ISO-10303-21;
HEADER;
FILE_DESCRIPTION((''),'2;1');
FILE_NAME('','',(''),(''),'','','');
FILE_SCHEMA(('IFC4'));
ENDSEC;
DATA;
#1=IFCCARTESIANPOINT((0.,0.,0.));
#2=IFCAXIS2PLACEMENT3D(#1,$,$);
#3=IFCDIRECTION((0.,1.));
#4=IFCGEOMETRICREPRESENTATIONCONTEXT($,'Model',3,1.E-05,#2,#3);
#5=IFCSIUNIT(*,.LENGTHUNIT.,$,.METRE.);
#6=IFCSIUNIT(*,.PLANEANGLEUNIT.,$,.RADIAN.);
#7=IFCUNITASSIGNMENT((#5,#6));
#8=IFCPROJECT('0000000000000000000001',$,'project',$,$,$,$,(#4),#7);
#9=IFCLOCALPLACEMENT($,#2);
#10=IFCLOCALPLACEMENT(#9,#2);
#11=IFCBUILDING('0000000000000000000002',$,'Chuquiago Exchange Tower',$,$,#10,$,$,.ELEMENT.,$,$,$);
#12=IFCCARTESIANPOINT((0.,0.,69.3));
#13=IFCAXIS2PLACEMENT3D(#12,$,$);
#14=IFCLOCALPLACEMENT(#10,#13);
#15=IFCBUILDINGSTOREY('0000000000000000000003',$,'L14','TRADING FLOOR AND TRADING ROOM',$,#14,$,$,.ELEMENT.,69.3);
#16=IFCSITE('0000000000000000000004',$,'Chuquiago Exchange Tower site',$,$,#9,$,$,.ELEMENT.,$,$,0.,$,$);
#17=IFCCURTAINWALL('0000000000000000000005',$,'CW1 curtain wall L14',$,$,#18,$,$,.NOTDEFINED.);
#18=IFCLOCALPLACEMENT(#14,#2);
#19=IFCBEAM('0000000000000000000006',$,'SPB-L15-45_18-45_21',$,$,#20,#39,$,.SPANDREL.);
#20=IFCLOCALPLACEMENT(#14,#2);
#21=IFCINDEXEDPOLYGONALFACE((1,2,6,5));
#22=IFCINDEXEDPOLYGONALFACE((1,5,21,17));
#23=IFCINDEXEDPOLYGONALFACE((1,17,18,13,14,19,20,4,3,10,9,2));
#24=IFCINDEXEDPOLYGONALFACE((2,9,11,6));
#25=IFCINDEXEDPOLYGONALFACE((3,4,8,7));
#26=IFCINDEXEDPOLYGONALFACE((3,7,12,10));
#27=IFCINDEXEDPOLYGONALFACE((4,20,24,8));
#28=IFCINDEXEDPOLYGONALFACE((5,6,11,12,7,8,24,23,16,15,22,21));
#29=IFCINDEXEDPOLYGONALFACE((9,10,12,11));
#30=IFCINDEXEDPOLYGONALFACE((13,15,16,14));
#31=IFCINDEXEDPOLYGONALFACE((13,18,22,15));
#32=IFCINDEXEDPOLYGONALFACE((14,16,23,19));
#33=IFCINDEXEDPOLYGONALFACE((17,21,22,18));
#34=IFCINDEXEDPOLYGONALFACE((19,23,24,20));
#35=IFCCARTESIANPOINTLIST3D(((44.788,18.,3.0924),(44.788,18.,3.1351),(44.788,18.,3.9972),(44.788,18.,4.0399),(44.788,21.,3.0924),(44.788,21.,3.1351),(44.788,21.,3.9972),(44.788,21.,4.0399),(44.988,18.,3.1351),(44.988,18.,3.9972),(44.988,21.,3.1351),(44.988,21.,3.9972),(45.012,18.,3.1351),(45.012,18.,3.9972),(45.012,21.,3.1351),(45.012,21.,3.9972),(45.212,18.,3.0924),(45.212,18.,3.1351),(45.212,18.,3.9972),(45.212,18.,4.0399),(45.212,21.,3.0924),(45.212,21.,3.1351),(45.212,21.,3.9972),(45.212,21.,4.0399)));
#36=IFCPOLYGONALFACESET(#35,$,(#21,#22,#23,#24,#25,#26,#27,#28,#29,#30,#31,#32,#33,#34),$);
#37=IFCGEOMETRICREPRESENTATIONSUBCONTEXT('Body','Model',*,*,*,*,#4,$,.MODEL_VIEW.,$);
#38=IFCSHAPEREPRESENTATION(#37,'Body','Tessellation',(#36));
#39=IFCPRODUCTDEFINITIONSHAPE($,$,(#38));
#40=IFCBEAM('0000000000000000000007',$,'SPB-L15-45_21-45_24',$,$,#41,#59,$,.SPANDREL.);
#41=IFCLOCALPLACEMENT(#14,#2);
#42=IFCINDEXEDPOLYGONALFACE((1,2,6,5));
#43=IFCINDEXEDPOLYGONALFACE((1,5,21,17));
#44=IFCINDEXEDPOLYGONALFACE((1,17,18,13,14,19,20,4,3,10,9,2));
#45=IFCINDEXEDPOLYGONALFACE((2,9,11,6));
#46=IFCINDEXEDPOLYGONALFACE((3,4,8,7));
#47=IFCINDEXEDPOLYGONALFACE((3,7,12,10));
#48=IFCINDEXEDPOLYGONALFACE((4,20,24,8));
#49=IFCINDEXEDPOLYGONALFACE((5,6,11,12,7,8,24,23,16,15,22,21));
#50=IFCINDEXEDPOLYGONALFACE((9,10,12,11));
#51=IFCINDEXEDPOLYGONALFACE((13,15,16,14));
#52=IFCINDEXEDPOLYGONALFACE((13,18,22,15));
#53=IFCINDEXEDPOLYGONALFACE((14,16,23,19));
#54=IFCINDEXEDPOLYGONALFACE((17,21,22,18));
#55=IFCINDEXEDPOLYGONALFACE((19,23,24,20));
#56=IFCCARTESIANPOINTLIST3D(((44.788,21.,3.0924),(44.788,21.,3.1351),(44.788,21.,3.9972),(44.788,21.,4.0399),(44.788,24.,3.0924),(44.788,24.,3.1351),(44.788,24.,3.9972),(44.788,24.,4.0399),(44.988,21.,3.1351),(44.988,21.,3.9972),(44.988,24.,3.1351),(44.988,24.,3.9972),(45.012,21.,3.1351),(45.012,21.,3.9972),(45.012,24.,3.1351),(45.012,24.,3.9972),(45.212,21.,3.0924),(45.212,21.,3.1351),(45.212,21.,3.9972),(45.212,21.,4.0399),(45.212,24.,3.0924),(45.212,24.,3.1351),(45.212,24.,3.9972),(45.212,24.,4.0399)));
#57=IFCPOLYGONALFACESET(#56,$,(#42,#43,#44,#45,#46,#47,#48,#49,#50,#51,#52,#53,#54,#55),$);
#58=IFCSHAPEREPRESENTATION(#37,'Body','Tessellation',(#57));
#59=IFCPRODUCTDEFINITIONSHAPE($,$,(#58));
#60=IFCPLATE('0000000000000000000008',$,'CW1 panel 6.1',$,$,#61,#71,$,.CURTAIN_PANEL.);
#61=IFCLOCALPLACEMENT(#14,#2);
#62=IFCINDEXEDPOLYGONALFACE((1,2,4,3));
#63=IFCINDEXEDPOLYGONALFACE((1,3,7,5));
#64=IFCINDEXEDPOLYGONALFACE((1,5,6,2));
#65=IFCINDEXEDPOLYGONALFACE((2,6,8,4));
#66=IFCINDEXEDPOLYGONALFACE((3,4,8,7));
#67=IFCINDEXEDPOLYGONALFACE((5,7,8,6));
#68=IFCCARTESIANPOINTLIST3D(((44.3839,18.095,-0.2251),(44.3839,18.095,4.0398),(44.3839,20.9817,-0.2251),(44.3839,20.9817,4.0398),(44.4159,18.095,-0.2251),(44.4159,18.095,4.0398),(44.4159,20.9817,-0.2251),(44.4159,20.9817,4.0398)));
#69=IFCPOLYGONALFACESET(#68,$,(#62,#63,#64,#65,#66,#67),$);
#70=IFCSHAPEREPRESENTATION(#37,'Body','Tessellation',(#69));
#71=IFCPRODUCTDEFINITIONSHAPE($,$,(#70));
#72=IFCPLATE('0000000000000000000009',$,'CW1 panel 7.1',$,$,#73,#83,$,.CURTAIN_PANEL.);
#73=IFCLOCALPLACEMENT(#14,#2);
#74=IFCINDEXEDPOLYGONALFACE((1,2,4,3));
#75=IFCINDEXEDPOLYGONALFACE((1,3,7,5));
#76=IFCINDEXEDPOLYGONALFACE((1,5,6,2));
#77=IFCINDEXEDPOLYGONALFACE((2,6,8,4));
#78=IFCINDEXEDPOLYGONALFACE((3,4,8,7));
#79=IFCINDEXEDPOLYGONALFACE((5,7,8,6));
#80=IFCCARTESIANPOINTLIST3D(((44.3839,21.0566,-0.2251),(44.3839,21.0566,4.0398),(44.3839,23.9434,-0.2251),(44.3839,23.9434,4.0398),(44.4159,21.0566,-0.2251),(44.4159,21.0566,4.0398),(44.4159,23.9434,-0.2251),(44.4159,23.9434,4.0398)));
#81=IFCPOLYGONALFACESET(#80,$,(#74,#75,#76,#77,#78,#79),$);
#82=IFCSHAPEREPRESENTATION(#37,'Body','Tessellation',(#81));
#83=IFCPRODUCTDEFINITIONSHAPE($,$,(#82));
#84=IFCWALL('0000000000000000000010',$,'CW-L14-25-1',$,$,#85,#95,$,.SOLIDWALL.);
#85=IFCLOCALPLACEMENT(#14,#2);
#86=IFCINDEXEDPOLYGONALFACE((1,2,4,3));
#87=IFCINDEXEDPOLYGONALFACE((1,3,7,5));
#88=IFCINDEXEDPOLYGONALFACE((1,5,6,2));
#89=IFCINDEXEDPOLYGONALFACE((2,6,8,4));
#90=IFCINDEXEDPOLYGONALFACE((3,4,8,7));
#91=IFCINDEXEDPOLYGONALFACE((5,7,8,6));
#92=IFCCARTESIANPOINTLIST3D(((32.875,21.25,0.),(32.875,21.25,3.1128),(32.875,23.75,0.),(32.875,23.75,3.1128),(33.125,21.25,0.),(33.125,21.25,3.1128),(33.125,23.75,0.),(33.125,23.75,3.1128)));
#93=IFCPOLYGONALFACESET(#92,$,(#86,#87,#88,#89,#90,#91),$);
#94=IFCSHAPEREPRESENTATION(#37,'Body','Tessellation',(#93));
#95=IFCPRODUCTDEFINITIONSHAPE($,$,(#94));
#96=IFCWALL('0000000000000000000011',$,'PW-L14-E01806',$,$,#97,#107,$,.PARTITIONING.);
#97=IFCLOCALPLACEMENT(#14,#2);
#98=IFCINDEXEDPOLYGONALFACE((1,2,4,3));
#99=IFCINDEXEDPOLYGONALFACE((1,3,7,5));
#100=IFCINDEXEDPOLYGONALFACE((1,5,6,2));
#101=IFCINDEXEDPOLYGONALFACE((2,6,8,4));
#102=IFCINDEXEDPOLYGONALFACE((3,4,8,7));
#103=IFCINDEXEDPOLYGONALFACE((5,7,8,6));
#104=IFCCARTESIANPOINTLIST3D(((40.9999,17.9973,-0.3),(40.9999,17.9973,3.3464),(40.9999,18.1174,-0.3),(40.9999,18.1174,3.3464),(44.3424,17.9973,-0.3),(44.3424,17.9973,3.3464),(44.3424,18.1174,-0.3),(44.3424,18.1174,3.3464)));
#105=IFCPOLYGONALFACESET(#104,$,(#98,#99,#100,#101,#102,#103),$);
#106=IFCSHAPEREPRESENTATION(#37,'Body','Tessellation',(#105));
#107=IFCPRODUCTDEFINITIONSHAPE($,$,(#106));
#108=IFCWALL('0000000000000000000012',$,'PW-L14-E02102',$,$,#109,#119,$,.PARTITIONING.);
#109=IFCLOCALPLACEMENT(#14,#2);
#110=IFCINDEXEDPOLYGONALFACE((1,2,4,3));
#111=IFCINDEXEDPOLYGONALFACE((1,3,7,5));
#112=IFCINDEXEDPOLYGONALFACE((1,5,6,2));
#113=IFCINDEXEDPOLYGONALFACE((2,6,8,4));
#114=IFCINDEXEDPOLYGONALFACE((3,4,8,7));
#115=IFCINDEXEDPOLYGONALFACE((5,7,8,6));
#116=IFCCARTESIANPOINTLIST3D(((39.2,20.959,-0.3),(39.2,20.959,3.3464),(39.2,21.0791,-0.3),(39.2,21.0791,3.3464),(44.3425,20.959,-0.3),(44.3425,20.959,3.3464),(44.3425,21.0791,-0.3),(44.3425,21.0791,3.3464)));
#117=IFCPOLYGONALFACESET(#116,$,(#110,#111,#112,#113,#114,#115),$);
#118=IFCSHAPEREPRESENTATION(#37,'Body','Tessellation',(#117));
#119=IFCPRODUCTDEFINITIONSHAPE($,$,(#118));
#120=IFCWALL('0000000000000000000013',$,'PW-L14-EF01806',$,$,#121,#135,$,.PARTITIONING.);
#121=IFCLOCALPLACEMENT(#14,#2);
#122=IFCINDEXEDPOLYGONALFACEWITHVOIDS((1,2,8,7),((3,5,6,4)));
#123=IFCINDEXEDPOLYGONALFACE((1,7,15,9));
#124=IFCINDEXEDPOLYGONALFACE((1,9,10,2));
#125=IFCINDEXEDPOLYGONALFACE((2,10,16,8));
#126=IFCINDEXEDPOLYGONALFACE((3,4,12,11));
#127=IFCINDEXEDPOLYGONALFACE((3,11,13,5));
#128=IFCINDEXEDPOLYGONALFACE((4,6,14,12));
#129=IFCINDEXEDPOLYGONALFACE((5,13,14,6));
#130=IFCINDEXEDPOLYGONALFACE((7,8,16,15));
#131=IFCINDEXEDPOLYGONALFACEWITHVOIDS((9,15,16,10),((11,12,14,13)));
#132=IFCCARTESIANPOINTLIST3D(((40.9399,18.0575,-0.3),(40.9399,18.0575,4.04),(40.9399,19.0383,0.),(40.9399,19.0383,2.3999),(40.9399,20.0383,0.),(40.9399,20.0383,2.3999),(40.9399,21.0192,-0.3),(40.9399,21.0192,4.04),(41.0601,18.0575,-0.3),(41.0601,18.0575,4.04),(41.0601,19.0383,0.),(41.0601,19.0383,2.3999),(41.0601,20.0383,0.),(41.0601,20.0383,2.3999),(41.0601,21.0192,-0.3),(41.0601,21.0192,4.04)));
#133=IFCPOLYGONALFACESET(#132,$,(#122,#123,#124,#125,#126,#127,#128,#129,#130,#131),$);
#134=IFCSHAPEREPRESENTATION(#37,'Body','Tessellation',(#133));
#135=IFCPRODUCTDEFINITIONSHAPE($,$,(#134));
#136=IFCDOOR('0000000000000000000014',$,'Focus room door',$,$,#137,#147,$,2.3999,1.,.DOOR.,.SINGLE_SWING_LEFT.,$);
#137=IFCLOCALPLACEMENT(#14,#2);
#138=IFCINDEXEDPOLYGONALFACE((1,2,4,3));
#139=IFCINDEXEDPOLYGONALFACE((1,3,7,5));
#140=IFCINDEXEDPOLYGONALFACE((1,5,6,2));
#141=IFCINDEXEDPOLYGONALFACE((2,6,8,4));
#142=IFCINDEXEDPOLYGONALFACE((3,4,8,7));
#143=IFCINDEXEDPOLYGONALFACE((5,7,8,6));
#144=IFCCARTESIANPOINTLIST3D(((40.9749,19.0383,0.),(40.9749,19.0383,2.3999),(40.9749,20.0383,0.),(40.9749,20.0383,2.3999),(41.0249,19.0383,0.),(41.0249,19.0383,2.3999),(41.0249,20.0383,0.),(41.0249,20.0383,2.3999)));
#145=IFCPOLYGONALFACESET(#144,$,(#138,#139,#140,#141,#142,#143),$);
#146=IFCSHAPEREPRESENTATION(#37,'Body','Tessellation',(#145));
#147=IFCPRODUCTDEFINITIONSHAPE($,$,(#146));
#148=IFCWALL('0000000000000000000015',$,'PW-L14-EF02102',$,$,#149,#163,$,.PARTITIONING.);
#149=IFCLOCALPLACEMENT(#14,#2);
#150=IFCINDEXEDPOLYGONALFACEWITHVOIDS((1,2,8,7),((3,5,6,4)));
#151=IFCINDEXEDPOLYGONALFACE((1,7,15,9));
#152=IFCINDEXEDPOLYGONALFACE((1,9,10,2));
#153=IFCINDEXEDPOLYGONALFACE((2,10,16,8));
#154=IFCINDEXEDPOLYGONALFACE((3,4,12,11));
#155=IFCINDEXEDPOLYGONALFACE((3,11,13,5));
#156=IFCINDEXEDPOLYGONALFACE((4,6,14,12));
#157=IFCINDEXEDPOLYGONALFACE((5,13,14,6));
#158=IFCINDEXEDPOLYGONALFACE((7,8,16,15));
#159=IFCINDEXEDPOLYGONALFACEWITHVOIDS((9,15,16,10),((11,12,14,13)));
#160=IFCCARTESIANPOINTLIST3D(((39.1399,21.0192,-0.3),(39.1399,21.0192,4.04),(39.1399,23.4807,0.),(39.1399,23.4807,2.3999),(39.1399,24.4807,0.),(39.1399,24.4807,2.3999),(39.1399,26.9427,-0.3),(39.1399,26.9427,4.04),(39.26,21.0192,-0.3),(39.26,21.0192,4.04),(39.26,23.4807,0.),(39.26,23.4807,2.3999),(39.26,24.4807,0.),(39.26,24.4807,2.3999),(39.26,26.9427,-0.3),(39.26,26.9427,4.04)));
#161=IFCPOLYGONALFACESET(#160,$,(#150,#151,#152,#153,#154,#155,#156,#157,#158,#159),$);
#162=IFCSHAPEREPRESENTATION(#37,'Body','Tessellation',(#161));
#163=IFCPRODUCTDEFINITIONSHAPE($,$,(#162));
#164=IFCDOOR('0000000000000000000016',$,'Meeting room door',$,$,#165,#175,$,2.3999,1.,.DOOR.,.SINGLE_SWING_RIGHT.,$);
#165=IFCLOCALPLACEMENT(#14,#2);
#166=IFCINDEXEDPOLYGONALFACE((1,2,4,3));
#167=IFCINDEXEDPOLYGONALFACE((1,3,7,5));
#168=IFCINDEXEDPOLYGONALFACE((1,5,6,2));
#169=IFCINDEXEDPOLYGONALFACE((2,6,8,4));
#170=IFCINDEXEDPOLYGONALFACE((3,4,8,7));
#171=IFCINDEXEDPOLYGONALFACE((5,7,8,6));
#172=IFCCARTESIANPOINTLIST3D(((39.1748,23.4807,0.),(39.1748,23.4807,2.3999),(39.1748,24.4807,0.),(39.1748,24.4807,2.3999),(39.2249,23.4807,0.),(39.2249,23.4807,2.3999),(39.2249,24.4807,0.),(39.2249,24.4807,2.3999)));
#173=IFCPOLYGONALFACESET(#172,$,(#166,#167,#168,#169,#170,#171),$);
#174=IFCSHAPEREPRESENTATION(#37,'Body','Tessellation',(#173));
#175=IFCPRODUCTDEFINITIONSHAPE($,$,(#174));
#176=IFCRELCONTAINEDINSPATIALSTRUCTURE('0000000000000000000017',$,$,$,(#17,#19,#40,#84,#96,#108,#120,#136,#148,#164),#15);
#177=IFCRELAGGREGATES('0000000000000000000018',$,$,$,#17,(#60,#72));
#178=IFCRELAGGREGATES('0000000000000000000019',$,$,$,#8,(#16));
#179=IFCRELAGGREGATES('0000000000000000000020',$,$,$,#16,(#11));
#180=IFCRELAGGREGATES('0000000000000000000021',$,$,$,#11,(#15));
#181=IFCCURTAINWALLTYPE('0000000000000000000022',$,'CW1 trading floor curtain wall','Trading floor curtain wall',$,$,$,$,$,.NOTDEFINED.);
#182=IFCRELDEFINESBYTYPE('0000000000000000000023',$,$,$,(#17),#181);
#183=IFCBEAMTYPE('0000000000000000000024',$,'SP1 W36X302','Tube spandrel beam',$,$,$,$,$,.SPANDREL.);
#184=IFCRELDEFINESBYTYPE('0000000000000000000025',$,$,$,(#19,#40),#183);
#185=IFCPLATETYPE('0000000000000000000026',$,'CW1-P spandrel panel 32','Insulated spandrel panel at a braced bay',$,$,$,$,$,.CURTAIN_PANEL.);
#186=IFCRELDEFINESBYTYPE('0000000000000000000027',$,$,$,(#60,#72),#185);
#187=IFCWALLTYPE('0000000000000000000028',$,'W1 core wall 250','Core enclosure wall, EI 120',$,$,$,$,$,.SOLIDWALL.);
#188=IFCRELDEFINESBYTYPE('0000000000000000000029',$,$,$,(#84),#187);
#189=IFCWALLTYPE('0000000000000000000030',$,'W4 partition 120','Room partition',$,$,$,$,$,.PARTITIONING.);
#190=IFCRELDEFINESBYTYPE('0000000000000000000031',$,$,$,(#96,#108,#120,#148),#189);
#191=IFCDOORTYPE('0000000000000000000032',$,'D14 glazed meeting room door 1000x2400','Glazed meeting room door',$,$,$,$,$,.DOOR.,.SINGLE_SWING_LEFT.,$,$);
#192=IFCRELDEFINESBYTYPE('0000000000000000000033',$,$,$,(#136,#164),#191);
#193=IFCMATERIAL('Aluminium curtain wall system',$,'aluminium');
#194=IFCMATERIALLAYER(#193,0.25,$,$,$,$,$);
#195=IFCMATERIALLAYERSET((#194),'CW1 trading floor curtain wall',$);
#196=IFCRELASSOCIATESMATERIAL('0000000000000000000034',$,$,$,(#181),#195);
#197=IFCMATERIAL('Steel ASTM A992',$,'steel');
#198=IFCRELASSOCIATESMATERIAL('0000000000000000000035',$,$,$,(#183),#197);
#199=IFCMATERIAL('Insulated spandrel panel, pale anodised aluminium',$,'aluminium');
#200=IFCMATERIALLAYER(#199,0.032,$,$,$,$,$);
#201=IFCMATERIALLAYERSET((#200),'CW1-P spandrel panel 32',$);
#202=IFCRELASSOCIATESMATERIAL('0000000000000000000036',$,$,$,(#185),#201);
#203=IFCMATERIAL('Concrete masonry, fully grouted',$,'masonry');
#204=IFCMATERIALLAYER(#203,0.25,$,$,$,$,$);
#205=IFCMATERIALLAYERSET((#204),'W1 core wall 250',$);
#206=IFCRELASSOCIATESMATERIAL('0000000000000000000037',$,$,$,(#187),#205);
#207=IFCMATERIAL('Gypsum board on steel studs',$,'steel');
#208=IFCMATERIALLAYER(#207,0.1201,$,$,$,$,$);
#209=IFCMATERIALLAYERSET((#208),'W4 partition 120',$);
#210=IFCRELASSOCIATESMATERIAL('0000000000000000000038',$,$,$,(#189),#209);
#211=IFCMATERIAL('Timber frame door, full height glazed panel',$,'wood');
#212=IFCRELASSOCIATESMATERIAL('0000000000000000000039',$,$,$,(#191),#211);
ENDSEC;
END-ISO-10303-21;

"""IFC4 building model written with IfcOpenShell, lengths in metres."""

from ifc_helpers import new_model, si_unit, direction, frame, frame_2d, origin, origin_2d, place, context, subcontext, project, spatial, rectangle, i_section, extrude, material, layer, layer_set, material_profile, profile_set, type_object, element, fill, aggregate, save


model = new_model("IFC4")

# Units and contexts
model_context = context("Model", 3, precision=1e-05, world=origin(), true_north=direction((0.0, 1.0)))
body_context = subcontext(model_context, "Body", "Model", "MODEL_VIEW")
ifc_project = project(units=[si_unit("LENGTHUNIT", "METRE"), si_unit("PLANEANGLEUNIT", "RADIAN")], contexts=[model_context])

# Site, building, storey
site_placement = place(None, origin())
site = spatial("IfcSite", under=ifc_project, at=site_placement, Name="Chuquiago Exchange Tower site", CompositionType="ELEMENT", RefElevation=0.0)
building_placement = place(site_placement, origin())
building = spatial("IfcBuilding", under=site, at=building_placement, Name="Chuquiago Exchange Tower", CompositionType="ELEMENT")
storey_placement = place(building_placement, frame((0.0, 0.0, 69.3)))
storey = spatial("IfcBuildingStorey", under=building, at=storey_placement, Name="L14", Description="TRADING FLOOR AND TRADING ROOM", CompositionType="ELEMENT", Elevation=69.3)

# Curtain wall
ifc_material_1 = material(Name="Aluminium curtain wall system", Category="aluminium")
ifc_layer_1 = layer(ifc_material_1, 0.25)
ifc_layer_set_1 = layer_set([ifc_layer_1], Name="CW1 trading floor curtain wall")
curtain_wall_type = type_object("IfcCurtainWallType", Name="CW1 trading floor curtain wall", Description="Trading floor curtain wall", PredefinedType="NOTDEFINED", material=ifc_layer_set_1)
curtain_wall_placement = place(storey_placement, origin())
curtain_wall = element("IfcCurtainWall", 1, at=curtain_wall_placement, inside=storey, type_object=curtain_wall_type, Name="CW1 curtain wall L14", PredefinedType="NOTDEFINED")

# Beams
ifc_material_2 = material(Name="Steel ASTM A992", Category="steel")
ifc_material_profile_1 = material_profile(ifc_material_2, i_section(OverallWidth=0.4241, OverallDepth=0.9475, WebThickness=0.0239, FlangeThickness=0.0427, at=origin_2d()), Name="W36X302")
ifc_profile_set_1 = profile_set([ifc_material_profile_1], Name="Steel ASTM A992")
beam_type_1 = type_object("IfcBeamType", Name="SP1 W36X302", Description="Tube spandrel beam", PredefinedType="SPANDREL", material=ifc_profile_set_1)
for number, where, z_axis, x_axis, name in (
    (2, (45.0, 18.0, 3.5662), (0.0, 1.0, 0.0), (-1.0, 0.0, 0.0), "SPB-L15-45_18-45_21"),
    (3, (45.0, 21.0, 3.5662), (0.0, 1.0, 0.0), (-1.0, 0.0, 0.0), "SPB-L15-45_21-45_24"),
):
    element("IfcBeam", number, at=place(storey_placement, frame(where, z_axis=z_axis, x_axis=x_axis)), inside=storey, type_object=beam_type_1, Name=name, PredefinedType="SPANDREL", context=body_context, shape_type="SweptSolid", body=[
        extrude(i_section(OverallWidth=0.4241, OverallDepth=0.9475, WebThickness=0.0239, FlangeThickness=0.0427, at=origin_2d()), origin(), (0.0, 0.0, 1.0), 3.0),
    ])

# Plates
ifc_material_3 = material(Name="Insulated spandrel panel, pale anodised aluminium", Category="aluminium")
ifc_layer_2 = layer(ifc_material_3, 0.032)
ifc_layer_set_2 = layer_set([ifc_layer_2], Name="CW1-P spandrel panel 32")
plate_type = type_object("IfcPlateType", Name="CW1-P spandrel panel 32", Description="Insulated spandrel panel at a braced bay", PredefinedType="CURTAIN_PANEL", material=ifc_layer_set_2)
plate_1_placement = place(storey_placement, frame((44.3999, 19.5383, -0.2251), z_axis=(0.0, 0.0, 1.0), x_axis=(0.0, 1.0, 0.0)))
plate_1 = element("IfcPlate", 4, at=plate_1_placement, type_object=plate_type, Name="CW1 panel 6.1", PredefinedType="CURTAIN_PANEL", context=body_context, shape_type="SweptSolid", body=[
    extrude(rectangle(XDim=2.8867, YDim=0.032, at=origin_2d()), origin(), (0.0, 0.0, 1.0), 4.2649),
])
plate_2_placement = place(storey_placement, frame((44.3999, 22.5, -0.2251), z_axis=(0.0, 0.0, 1.0), x_axis=(0.0, 1.0, 0.0)))
plate_2 = element("IfcPlate", 5, at=plate_2_placement, type_object=plate_type, Name="CW1 panel 7.1", PredefinedType="CURTAIN_PANEL", context=body_context, shape_type="SweptSolid", body=[
    extrude(rectangle(XDim=2.8867, YDim=0.032, at=origin_2d()), origin(), (0.0, 0.0, 1.0), 4.2649),
])
aggregate(curtain_wall, [plate_1, plate_2])

# Walls
ifc_material_4 = material(Name="Concrete masonry, fully grouted", Category="masonry")
ifc_layer_3 = layer(ifc_material_4, 0.25)
ifc_layer_set_3 = layer_set([ifc_layer_3], Name="W1 core wall 250")
wall_type_1 = type_object("IfcWallType", Name="W1 core wall 250", Description="Core enclosure wall, EI 120", PredefinedType="SOLIDWALL", material=ifc_layer_set_3)
wall_1_placement = place(storey_placement, frame((33.0, 21.25, 0.0), z_axis=(0.0, 0.0, 1.0), x_axis=(0.0, 1.0, 0.0)))
element("IfcWall", 6, at=wall_1_placement, inside=storey, type_object=wall_type_1, Name="CW-L14-25-1", PredefinedType="SOLIDWALL", context=body_context, shape_type="SweptSolid", body=[
    extrude(rectangle(XDim=2.5, YDim=0.25, at=frame_2d((1.25, 0.0))), origin(), (0.0, 0.0, 1.0), 3.1128),
])
ifc_material_5 = material(Name="Gypsum board on steel studs", Category="steel")
ifc_layer_4 = layer(ifc_material_5, 0.1201)
ifc_layer_set_4 = layer_set([ifc_layer_4], Name="W4 partition 120")
wall_type_2 = type_object("IfcWallType", Name="W4 partition 120", Description="Room partition", PredefinedType="PARTITIONING", material=ifc_layer_set_4)
wall_2_placement = place(storey_placement, frame((44.3425, 18.0574, -0.3), z_axis=(0.0, 0.0, 1.0), x_axis=(-1.0, 0.0, 0.0)))
element("IfcWall", 7, at=wall_2_placement, inside=storey, type_object=wall_type_2, Name="PW-L14-E01806", PredefinedType="PARTITIONING", context=body_context, shape_type="SweptSolid", body=[
    extrude(rectangle(XDim=3.3425, YDim=0.1201, at=frame_2d((1.6714, 0.0))), origin(), (0.0, 0.0, 1.0), 3.6465),
])
wall_3_placement = place(storey_placement, frame((44.3425, 21.019, -0.3), z_axis=(0.0, 0.0, 1.0), x_axis=(-1.0, 0.0, 0.0)))
element("IfcWall", 8, at=wall_3_placement, inside=storey, type_object=wall_type_2, Name="PW-L14-E02102", PredefinedType="PARTITIONING", context=body_context, shape_type="SweptSolid", body=[
    extrude(rectangle(XDim=5.1426, YDim=0.1201, at=frame_2d((2.5713, 0.0))), origin(), (0.0, 0.0, 1.0), 3.6465),
])

# Walls, openings, doors
wall_4_placement = place(storey_placement, frame((41.0, 18.0574, -0.3), z_axis=(0.0, 0.0, 1.0), x_axis=(0.0, 1.0, 0.0)))
wall_4 = element("IfcWall", 9, at=wall_4_placement, inside=storey, type_object=wall_type_2, Name="PW-L14-EF01806", PredefinedType="PARTITIONING", context=body_context, shape_type="SweptSolid", body=[
    extrude(rectangle(XDim=2.9617, YDim=0.1201, at=frame_2d((1.481, 0.0))), origin(), (0.0, 0.0, 1.0), 4.3401),
])
opening_1_placement = place(wall_4_placement, frame((0.981, 0.0, 0.3)))
opening_1 = element("IfcOpeningElement", 10, at=opening_1_placement, cuts=wall_4, PredefinedType="OPENING", context=body_context, shape_type="SweptSolid", body=[
    extrude(rectangle(XDim=1.0, YDim=2.3999, at=frame_2d((0.5, 1.2))), frame((0.0, 0.0701, 0.0), z_axis=(0.0, -1.0, 0.0), x_axis=(1.0, 0.0, 0.0)), (0.0, 0.0, 1.0), 0.1401),
])
ifc_material_6 = material(Name="Timber frame door, full height glazed panel", Category="wood")
door_type = type_object("IfcDoorType", Name="D14 glazed meeting room door 1000x2400", Description="Glazed meeting room door", OperationType="SINGLE_SWING_LEFT", PredefinedType="DOOR", material=ifc_material_6)
door_1_placement = place(opening_1_placement, frame((1.0, 0.0, 0.0), z_axis=(0.0, 0.0, 1.0), x_axis=(-1.0, 0.0, 0.0)))
door_1 = element("IfcDoor", 11, at=door_1_placement, inside=storey, type_object=door_type, Name="Focus room door", OperationType="SINGLE_SWING_LEFT", OverallHeight=2.3999, OverallWidth=1.0, PredefinedType="DOOR", context=body_context, shape_type="SweptSolid", body=[
    extrude(rectangle(XDim=1.0, YDim=2.3999, at=frame_2d((0.5, 1.2))), frame((0.0, 0.0249, 0.0), z_axis=(0.0, -1.0, 0.0), x_axis=(1.0, 0.0, 0.0)), (0.0, 0.0, 1.0), 0.05),
])
fill(opening_1, door_1)
wall_5_placement = place(storey_placement, frame((39.2, 21.019, -0.3), z_axis=(0.0, 0.0, 1.0), x_axis=(0.0, 1.0, 0.0)))
wall_5 = element("IfcWall", 12, at=wall_5_placement, inside=storey, type_object=wall_type_2, Name="PW-L14-EF02102", PredefinedType="PARTITIONING", context=body_context, shape_type="SweptSolid", body=[
    extrude(rectangle(XDim=5.9236, YDim=0.1201, at=frame_2d((2.9619, 0.0))), origin(), (0.0, 0.0, 1.0), 4.3401),
])
opening_2_placement = place(wall_5_placement, frame((2.4617, 0.0, 0.3)))
opening_2 = element("IfcOpeningElement", 13, at=opening_2_placement, cuts=wall_5, PredefinedType="OPENING", context=body_context, shape_type="SweptSolid", body=[
    extrude(rectangle(XDim=1.0, YDim=2.3999, at=frame_2d((0.5, 1.2))), frame((0.0, 0.0701, 0.0), z_axis=(0.0, -1.0, 0.0), x_axis=(1.0, 0.0, 0.0)), (0.0, 0.0, 1.0), 0.1401),
])
door_2_placement = place(opening_2_placement, frame((1.0, 0.0, 0.0), z_axis=(0.0, 0.0, 1.0), x_axis=(-1.0, 0.0, 0.0)))
door_2 = element("IfcDoor", 14, at=door_2_placement, inside=storey, type_object=door_type, Name="Meeting room door", OperationType="SINGLE_SWING_RIGHT", OverallHeight=2.3999, OverallWidth=1.0, PredefinedType="DOOR", context=body_context, shape_type="SweptSolid", body=[
    extrude(rectangle(XDim=1.0, YDim=2.3999, at=frame_2d((0.5, 1.2))), frame((0.0, 0.0249, 0.0), z_axis=(0.0, -1.0, 0.0), x_axis=(1.0, 0.0, 0.0)), (0.0, 0.0, 1.0), 0.05),
])
fill(opening_2, door_2)

save(model, "model.ifc")
